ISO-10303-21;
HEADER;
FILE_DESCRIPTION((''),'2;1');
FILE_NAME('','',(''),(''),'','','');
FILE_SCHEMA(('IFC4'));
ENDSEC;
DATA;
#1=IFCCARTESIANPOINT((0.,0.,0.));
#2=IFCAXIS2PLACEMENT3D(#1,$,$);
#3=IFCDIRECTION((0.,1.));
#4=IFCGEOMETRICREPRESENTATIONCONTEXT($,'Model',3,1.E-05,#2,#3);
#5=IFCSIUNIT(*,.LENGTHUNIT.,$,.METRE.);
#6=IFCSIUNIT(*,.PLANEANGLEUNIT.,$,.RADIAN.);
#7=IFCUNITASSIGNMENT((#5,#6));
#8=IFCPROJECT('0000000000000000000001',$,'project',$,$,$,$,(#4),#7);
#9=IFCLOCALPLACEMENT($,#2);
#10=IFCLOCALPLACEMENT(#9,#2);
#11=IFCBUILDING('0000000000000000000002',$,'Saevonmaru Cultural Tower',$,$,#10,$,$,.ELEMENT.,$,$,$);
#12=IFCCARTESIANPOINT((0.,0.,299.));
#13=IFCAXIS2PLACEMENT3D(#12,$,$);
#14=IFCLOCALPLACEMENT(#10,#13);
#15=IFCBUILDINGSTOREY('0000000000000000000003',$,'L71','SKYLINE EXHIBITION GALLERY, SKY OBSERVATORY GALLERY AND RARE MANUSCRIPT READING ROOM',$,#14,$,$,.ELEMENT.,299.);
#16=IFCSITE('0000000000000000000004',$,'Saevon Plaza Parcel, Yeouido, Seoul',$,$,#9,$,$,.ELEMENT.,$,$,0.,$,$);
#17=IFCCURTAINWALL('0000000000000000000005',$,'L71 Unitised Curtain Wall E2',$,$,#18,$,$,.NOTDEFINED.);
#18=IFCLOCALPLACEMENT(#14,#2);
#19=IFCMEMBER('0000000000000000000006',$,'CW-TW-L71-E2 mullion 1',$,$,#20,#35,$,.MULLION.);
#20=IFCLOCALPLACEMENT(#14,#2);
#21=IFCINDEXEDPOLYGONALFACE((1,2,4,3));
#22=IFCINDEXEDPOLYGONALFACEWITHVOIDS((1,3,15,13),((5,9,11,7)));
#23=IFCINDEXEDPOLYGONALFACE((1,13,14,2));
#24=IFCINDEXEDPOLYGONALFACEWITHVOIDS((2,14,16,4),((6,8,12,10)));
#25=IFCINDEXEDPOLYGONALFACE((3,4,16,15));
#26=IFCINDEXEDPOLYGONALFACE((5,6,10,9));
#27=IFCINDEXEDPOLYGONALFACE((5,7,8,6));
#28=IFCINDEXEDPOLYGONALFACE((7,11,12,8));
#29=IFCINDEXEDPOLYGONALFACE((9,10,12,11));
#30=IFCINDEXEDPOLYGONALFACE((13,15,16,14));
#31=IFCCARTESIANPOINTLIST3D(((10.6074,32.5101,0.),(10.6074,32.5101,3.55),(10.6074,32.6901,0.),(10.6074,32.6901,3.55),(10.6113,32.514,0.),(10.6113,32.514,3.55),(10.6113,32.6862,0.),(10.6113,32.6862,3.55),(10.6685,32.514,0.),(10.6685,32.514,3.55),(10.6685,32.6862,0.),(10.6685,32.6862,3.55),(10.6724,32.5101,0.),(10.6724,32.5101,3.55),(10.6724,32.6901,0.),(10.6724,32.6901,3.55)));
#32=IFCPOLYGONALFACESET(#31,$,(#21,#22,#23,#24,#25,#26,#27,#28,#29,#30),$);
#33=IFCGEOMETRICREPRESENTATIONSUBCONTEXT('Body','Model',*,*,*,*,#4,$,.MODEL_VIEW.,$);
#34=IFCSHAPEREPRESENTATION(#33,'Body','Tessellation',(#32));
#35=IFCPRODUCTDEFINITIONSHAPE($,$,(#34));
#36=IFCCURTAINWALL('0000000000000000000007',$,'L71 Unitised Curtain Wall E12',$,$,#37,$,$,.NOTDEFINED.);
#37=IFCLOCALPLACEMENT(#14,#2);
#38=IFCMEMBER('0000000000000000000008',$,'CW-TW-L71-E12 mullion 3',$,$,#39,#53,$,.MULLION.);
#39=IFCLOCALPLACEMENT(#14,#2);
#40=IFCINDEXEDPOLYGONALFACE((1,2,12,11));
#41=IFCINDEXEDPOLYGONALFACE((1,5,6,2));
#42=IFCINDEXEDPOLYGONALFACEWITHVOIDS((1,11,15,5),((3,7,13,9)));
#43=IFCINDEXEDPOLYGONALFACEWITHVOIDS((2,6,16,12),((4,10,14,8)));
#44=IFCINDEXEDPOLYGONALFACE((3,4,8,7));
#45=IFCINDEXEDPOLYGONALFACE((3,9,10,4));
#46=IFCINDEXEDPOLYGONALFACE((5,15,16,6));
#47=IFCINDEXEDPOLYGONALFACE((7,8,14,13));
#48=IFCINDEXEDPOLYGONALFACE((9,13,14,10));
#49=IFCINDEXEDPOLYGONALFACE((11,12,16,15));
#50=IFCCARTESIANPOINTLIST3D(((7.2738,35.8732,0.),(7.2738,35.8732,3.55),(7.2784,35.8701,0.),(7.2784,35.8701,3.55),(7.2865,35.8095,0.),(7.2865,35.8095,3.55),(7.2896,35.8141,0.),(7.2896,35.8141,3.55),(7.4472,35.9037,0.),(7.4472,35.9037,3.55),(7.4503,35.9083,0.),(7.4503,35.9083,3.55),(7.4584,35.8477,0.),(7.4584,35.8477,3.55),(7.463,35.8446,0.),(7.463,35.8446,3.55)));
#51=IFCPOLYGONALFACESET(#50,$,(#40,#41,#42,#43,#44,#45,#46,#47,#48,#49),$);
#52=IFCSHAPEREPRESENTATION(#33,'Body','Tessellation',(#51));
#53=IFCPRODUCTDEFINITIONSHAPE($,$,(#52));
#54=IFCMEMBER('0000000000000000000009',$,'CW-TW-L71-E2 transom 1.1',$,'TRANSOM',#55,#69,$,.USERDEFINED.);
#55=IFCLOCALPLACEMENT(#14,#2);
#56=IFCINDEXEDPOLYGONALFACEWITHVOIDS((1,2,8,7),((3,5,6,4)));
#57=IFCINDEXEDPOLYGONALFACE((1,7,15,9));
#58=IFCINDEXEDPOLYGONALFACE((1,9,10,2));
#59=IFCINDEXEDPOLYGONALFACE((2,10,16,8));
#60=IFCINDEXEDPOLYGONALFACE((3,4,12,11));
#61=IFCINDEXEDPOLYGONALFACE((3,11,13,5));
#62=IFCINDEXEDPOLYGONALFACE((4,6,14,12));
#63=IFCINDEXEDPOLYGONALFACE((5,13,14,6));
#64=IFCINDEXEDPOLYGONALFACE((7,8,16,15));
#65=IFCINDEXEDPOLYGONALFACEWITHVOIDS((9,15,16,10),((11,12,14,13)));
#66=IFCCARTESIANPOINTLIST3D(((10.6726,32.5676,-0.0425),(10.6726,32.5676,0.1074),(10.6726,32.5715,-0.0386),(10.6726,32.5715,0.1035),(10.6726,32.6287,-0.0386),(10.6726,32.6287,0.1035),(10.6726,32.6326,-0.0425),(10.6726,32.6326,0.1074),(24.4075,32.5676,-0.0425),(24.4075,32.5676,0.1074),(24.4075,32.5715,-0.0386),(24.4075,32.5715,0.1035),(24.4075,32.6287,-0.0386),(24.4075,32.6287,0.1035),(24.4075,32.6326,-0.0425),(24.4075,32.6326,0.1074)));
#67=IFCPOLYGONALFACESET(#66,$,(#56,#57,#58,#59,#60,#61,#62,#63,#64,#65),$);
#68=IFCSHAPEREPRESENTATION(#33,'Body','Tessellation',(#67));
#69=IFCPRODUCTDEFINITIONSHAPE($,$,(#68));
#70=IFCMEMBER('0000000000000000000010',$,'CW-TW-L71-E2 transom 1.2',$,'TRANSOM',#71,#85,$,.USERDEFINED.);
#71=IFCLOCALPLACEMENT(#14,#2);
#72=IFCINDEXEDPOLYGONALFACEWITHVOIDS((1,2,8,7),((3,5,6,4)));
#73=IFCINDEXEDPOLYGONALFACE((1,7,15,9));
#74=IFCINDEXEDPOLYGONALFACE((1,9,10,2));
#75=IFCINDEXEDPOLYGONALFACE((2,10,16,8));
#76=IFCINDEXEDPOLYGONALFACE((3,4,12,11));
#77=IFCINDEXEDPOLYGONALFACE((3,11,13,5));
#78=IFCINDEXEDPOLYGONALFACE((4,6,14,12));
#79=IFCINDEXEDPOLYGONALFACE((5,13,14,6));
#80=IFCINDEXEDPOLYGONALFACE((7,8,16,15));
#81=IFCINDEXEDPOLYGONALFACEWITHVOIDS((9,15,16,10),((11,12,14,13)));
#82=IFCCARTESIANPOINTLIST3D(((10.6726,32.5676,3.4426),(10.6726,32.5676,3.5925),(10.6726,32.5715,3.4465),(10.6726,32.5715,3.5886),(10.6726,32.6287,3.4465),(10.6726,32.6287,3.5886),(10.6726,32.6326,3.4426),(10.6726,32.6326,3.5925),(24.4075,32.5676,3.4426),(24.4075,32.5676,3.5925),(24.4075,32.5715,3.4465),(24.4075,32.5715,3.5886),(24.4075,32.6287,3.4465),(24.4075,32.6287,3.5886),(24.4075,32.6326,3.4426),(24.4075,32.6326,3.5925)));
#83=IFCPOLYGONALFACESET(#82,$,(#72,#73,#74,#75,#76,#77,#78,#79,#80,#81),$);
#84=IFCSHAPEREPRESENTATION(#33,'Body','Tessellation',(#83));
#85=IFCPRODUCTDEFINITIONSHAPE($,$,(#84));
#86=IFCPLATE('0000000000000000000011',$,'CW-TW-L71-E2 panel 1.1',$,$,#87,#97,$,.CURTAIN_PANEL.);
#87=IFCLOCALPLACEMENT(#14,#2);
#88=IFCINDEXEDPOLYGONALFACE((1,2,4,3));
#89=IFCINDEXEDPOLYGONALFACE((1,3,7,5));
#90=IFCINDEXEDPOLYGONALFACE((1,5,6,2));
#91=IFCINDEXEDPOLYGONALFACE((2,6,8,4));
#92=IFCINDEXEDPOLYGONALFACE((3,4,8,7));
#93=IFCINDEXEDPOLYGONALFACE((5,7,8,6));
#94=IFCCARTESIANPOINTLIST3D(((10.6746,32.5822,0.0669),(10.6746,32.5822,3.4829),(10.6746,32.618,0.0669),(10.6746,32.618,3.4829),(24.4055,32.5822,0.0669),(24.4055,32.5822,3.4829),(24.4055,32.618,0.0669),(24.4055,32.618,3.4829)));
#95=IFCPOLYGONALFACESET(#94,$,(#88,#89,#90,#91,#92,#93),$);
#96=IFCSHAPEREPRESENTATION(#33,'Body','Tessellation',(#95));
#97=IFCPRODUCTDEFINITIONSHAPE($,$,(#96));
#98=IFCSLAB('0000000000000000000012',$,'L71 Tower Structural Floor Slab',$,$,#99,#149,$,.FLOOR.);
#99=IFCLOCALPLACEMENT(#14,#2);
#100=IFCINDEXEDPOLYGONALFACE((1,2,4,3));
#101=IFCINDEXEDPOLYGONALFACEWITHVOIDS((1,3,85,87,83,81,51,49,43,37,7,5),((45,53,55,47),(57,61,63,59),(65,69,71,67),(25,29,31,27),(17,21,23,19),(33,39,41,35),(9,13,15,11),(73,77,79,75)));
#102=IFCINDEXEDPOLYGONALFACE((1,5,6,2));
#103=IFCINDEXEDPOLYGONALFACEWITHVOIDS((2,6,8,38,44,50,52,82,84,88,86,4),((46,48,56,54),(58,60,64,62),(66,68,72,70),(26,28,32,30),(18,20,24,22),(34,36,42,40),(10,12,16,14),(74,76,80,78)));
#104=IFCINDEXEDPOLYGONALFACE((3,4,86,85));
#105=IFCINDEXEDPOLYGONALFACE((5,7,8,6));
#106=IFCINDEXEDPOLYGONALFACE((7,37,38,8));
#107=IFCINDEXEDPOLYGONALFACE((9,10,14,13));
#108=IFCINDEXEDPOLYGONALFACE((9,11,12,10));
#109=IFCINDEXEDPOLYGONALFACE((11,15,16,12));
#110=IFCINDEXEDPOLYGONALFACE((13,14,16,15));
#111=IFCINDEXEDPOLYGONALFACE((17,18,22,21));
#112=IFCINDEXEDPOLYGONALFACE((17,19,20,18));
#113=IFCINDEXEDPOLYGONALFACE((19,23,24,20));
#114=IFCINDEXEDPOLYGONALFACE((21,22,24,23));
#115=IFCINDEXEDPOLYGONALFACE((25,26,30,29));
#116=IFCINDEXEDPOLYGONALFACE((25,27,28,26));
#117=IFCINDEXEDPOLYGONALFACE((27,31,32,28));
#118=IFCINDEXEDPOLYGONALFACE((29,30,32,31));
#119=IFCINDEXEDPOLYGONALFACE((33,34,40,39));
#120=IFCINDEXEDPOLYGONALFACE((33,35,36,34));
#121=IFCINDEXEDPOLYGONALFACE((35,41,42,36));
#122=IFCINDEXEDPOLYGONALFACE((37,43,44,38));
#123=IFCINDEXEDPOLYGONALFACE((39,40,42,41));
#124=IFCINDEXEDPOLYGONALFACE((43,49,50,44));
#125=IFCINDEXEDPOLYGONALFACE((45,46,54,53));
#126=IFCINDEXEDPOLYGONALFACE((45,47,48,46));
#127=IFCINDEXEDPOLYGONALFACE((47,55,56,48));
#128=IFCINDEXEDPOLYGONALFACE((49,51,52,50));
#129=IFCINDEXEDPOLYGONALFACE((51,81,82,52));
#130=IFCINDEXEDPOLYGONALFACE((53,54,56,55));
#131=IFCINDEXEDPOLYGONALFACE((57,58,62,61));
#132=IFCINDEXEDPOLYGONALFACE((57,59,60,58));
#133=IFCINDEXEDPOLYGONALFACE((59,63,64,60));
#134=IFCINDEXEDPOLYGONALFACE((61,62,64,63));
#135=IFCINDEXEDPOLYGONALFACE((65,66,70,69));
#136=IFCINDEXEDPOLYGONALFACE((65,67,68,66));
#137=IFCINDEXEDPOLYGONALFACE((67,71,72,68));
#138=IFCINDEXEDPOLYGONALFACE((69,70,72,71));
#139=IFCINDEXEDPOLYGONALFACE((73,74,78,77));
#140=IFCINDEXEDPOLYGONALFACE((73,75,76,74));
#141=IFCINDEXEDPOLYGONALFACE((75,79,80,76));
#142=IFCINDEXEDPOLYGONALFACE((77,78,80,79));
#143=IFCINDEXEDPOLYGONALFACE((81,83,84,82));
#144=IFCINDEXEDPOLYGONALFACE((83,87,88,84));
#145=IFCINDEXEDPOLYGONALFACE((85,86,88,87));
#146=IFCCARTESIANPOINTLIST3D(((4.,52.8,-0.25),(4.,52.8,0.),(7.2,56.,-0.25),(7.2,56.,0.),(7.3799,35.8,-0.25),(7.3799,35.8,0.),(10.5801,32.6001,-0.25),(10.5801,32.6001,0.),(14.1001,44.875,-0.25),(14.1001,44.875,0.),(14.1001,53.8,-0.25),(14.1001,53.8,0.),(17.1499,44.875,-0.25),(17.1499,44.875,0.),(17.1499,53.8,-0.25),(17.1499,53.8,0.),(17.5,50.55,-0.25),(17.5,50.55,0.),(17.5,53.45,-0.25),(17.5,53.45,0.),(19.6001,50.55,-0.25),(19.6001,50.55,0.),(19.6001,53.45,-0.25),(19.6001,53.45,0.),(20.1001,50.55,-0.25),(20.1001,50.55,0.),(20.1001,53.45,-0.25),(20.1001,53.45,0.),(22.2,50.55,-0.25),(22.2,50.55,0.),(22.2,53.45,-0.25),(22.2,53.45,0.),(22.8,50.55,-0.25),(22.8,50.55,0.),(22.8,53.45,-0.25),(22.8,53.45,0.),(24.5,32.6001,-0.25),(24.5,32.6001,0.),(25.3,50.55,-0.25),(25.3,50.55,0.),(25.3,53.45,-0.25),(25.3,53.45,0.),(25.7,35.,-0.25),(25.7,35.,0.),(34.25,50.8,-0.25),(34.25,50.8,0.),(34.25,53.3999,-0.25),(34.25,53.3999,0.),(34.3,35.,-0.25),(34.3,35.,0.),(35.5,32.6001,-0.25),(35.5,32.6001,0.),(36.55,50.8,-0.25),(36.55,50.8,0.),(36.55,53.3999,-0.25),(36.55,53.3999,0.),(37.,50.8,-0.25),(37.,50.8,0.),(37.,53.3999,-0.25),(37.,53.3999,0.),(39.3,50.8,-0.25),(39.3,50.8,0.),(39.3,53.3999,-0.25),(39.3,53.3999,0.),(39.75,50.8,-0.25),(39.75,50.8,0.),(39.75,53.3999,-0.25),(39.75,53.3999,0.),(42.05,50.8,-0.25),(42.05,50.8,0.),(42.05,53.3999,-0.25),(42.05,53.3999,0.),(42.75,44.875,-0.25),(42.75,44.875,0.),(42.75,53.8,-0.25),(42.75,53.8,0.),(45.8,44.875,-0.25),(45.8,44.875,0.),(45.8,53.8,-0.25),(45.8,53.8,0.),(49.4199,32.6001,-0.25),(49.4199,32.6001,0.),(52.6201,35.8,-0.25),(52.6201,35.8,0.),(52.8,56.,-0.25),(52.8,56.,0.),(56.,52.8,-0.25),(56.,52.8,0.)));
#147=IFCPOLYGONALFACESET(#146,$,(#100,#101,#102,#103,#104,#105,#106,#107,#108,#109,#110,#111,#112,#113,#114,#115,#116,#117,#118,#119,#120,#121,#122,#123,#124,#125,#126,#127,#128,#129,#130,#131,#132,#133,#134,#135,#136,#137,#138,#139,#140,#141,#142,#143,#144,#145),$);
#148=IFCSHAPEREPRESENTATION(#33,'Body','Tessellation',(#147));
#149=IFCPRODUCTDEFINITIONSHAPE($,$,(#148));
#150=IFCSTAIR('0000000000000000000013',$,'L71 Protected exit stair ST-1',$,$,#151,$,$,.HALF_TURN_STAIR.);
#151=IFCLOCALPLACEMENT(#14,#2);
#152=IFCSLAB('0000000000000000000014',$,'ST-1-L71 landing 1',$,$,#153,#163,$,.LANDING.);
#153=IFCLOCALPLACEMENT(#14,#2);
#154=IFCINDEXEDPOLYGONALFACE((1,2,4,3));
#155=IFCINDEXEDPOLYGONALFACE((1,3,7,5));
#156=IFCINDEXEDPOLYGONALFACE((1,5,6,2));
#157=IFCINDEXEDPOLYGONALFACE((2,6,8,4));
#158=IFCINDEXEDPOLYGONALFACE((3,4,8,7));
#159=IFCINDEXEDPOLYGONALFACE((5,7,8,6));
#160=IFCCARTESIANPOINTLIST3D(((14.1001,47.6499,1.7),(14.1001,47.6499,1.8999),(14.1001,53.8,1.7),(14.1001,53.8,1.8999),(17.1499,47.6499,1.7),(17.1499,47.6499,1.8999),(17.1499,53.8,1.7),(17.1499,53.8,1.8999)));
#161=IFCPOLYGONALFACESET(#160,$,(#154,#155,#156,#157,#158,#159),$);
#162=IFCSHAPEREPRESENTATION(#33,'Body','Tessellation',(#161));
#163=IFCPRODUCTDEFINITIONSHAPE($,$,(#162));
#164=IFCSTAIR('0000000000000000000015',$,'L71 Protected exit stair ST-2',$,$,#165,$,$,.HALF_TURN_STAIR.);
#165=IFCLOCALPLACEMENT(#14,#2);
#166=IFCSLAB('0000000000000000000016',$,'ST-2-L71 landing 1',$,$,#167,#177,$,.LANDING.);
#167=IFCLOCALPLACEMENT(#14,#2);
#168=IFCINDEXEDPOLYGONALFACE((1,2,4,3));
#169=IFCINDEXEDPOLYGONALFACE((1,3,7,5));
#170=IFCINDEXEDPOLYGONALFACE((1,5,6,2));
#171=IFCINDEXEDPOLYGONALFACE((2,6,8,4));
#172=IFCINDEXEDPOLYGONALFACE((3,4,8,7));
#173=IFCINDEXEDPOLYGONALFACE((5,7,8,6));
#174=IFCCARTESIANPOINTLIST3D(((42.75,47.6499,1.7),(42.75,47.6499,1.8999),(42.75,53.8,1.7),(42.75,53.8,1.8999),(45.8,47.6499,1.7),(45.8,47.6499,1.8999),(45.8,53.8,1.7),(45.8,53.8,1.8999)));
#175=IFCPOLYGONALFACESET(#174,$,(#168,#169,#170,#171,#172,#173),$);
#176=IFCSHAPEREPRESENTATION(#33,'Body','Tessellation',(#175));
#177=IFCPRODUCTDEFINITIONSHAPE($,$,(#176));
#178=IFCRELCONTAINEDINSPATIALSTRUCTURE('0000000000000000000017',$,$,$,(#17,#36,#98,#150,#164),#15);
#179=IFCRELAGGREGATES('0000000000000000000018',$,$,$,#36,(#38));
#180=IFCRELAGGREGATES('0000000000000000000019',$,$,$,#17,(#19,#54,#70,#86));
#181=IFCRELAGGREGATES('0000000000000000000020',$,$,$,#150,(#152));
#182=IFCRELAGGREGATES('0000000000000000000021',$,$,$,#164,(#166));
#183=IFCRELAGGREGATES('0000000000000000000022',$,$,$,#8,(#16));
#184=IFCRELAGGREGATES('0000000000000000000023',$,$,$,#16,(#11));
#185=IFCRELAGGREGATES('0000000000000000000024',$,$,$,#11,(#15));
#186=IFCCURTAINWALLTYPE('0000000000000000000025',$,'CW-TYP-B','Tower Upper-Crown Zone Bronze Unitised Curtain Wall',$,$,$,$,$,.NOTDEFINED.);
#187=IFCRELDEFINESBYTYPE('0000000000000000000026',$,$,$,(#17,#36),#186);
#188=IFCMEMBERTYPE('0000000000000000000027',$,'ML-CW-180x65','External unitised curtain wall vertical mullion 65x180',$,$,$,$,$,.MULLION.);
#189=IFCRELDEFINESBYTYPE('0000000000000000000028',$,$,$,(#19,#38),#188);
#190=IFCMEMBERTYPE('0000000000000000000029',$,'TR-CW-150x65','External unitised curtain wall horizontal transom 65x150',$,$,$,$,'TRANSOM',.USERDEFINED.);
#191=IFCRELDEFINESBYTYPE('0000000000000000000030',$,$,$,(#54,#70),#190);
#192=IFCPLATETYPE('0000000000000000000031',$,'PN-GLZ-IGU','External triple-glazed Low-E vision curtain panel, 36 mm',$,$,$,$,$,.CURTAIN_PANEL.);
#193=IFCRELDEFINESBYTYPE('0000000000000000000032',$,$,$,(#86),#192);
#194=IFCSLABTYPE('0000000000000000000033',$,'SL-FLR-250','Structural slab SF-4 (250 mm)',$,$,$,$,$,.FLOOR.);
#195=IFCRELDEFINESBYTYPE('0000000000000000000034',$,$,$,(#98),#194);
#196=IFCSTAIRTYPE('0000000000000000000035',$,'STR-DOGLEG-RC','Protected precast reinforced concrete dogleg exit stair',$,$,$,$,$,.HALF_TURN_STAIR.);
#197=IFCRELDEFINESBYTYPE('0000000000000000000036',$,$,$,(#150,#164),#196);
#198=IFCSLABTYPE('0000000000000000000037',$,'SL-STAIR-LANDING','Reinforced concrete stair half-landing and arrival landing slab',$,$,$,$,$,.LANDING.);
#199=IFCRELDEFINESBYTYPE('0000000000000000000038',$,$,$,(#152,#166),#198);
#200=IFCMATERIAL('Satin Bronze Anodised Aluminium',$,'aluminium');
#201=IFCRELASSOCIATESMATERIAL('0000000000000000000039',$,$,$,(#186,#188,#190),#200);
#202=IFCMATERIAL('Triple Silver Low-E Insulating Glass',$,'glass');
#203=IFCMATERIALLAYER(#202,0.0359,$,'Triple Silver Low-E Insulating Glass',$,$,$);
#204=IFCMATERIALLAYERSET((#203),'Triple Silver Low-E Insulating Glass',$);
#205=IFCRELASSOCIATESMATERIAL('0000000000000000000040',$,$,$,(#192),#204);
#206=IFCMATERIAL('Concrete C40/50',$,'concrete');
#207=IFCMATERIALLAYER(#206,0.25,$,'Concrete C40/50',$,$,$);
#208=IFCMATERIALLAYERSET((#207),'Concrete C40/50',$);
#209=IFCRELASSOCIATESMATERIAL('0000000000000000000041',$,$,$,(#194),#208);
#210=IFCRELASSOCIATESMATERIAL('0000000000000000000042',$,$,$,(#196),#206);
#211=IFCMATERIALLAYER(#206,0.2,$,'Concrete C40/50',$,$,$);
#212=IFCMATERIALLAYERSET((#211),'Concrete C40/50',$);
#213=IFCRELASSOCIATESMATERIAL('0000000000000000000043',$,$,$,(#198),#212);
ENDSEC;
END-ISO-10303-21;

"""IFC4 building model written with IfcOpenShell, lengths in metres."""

from ifc_helpers import new_model, si_unit, direction, frame, origin, origin_2d, place, context, subcontext, project, spatial, polyline, rectangle, hollow_rectangle, outline, extrude, material, layer, layer_set, material_profile, profile_set, type_object, element, aggregate, save


model = new_model("IFC4")

# Units and contexts
model_context = context("Model", 3, precision=1e-05, world=origin(), true_north=direction((0.0, 1.0)))
body_context = subcontext(model_context, "Body", "Model", "MODEL_VIEW")
ifc_project = project(units=[si_unit("LENGTHUNIT", "METRE"), si_unit("PLANEANGLEUNIT", "RADIAN")], contexts=[model_context])

# Site, building, storey
site_placement = place(None, origin())
site = spatial("IfcSite", under=ifc_project, at=site_placement, Name="Saevon Plaza Parcel, Yeouido, Seoul", CompositionType="ELEMENT", RefElevation=0.0)
building_placement = place(site_placement, origin())
building = spatial("IfcBuilding", under=site, at=building_placement, Name="Saevonmaru Cultural Tower", CompositionType="ELEMENT")
storey_placement = place(building_placement, frame((0.0, 0.0, 299.0)))
storey = spatial("IfcBuildingStorey", under=building, at=storey_placement, Name="L71", Description="SKYLINE EXHIBITION GALLERY, SKY OBSERVATORY GALLERY AND RARE MANUSCRIPT READING ROOM", CompositionType="ELEMENT", Elevation=299.0)

# Curtain walls, members
ifc_material_1 = material(Name="Satin Bronze Anodised Aluminium", Category="aluminium")
curtain_wall_type = type_object("IfcCurtainWallType", Name="CW-TYP-B", Description="Tower Upper-Crown Zone Bronze Unitised Curtain Wall", PredefinedType="NOTDEFINED", material=ifc_material_1)
curtain_wall_1_placement = place(storey_placement, origin())
curtain_wall_1 = element("IfcCurtainWall", 1, at=curtain_wall_1_placement, inside=storey, type_object=curtain_wall_type, Name="L71 Unitised Curtain Wall E2", PredefinedType="NOTDEFINED")
ifc_material_profile_1 = material_profile(ifc_material_1, hollow_rectangle(XDim=0.0649, YDim=0.1799, WallThickness=0.0039, at=origin_2d()), Name="ALU-MULL-180x65x4")
ifc_profile_set_1 = profile_set([ifc_material_profile_1], Name="Satin Bronze Anodised Aluminium")
member_type_1 = type_object("IfcMemberType", Name="ML-CW-180x65", Description="External unitised curtain wall vertical mullion 65x180", PredefinedType="MULLION", material=ifc_profile_set_1)
member_1_placement = place(storey_placement, frame((10.6399, 32.6001, 0.0), z_axis=(0.0, 0.0, 1.0), x_axis=(1.0, 0.0, 0.0)))
member_1 = element("IfcMember", 2, at=member_1_placement, type_object=member_type_1, Name="CW-TW-L71-E2 mullion 1", PredefinedType="MULLION", context=body_context, shape_type="SweptSolid", body=[
    extrude(hollow_rectangle(XDim=0.0649, YDim=0.1799, WallThickness=0.0039, at=origin_2d()), origin(), (0.0, 0.0, 1.0), 3.55),
])
curtain_wall_2_placement = place(storey_placement, origin())
curtain_wall_2 = element("IfcCurtainWall", 3, at=curtain_wall_2_placement, inside=storey, type_object=curtain_wall_type, Name="L71 Unitised Curtain Wall E12", PredefinedType="NOTDEFINED")
member_2_placement = place(storey_placement, frame((7.3684, 35.8589, 0.0), z_axis=(0.0, 0.0, 1.0), x_axis=(0.195005, -0.980802, 0.0)))
member_2 = element("IfcMember", 4, at=member_2_placement, type_object=member_type_1, Name="CW-TW-L71-E12 mullion 3", PredefinedType="MULLION", context=body_context, shape_type="SweptSolid", body=[
    extrude(hollow_rectangle(XDim=0.0649, YDim=0.1799, WallThickness=0.0039, at=origin_2d()), origin(), (0.0, 0.0, 1.0), 3.55),
])
aggregate(curtain_wall_2, [member_2])

# Members
ifc_material_profile_2 = material_profile(ifc_material_1, hollow_rectangle(XDim=0.0649, YDim=0.1499, WallThickness=0.0039, at=origin_2d()), Name="ALU-TRAN-150x65x4")
ifc_profile_set_2 = profile_set([ifc_material_profile_2], Name="Satin Bronze Anodised Aluminium")
member_type_2 = type_object("IfcMemberType", Name="TR-CW-150x65", Description="External unitised curtain wall horizontal transom 65x150", ElementType="TRANSOM", PredefinedType="USERDEFINED", material=ifc_profile_set_2)
member_3_placement = place(storey_placement, frame((10.6726, 32.6001, 0.0325), z_axis=(1.0, 0.0, 0.0), x_axis=(0.0, 1.0, 0.0)))
member_3 = element("IfcMember", 5, at=member_3_placement, type_object=member_type_2, Name="CW-TW-L71-E2 transom 1.1", ObjectType="TRANSOM", PredefinedType="USERDEFINED", context=body_context, shape_type="SweptSolid", body=[
    extrude(hollow_rectangle(XDim=0.0649, YDim=0.1499, WallThickness=0.0039, at=origin_2d()), origin(), (0.0, 0.0, 1.0), 13.7349),
])
member_4_placement = place(storey_placement, frame((10.6726, 32.6001, 3.5176), z_axis=(1.0, 0.0, 0.0), x_axis=(0.0, 1.0, 0.0)))
member_4 = element("IfcMember", 6, at=member_4_placement, type_object=member_type_2, Name="CW-TW-L71-E2 transom 1.2", ObjectType="TRANSOM", PredefinedType="USERDEFINED", context=body_context, shape_type="SweptSolid", body=[
    extrude(hollow_rectangle(XDim=0.0649, YDim=0.1499, WallThickness=0.0039, at=origin_2d()), origin(), (0.0, 0.0, 1.0), 13.7349),
])

# Plate
ifc_material_2 = material(Name="Triple Silver Low-E Insulating Glass", Category="glass")
ifc_layer_1 = layer(ifc_material_2, 0.0359, Name="Triple Silver Low-E Insulating Glass")
ifc_layer_set_1 = layer_set([ifc_layer_1], Name="Triple Silver Low-E Insulating Glass")
plate_type = type_object("IfcPlateType", Name="PN-GLZ-IGU", Description="External triple-glazed Low-E vision curtain panel, 36 mm", PredefinedType="CURTAIN_PANEL", material=ifc_layer_set_1)
plate_placement = place(storey_placement, frame((17.54, 32.6001, 0.0669), z_axis=(0.0, 0.0, 1.0), x_axis=(1.0, 0.0, 0.0)))
plate = element("IfcPlate", 7, at=plate_placement, type_object=plate_type, Name="CW-TW-L71-E2 panel 1.1", PredefinedType="CURTAIN_PANEL", context=body_context, shape_type="SweptSolid", body=[
    extrude(rectangle(XDim=13.731, YDim=0.0359, at=origin_2d()), origin(), (0.0, 0.0, 1.0), 3.416),
])
aggregate(curtain_wall_1, [member_1, member_3, member_4, plate])

# Slab
ifc_material_3 = material(Name="Concrete C40/50", Category="concrete")
ifc_layer_2 = layer(ifc_material_3, 0.25, Name="Concrete C40/50")
ifc_layer_set_2 = layer_set([ifc_layer_2], Name="Concrete C40/50")
slab_type_1 = type_object("IfcSlabType", Name="SL-FLR-250", Description="Structural slab SF-4 (250 mm)", PredefinedType="FLOOR", material=ifc_layer_set_2)
slab_1_placement = place(storey_placement, frame((0.0, 0.0, -0.25)))
element("IfcSlab", 8, at=slab_1_placement, inside=storey, type_object=slab_type_1, Name="L71 Tower Structural Floor Slab", PredefinedType="FLOOR", context=body_context, shape_type="SweptSolid", body=[
    extrude(outline(polyline([(7.3799, 35.8), (10.5801, 32.6001), (24.5, 32.6001), (25.7, 35.0), (34.3, 35.0), (35.5, 32.6001), (49.4199, 32.6001), (52.6201, 35.8), (56.0, 52.8), (52.8, 56.0), (7.2, 56.0), (4.0, 52.8), (7.3799, 35.8)]), holes=[polyline([(45.8, 53.8), (45.8, 44.875), (42.75, 44.875), (42.75, 53.8), (45.8, 53.8)]), polyline([(42.05, 50.8), (39.75, 50.8), (39.75, 53.3999), (42.05, 53.3999), (42.05, 50.8)]), polyline([(39.3, 50.8), (37.0, 50.8), (37.0, 53.3999), (39.3, 53.3999), (39.3, 50.8)]), polyline([(36.55, 50.8), (34.25, 50.8), (34.25, 53.3999), (36.55, 53.3999), (36.55, 50.8)]), polyline([(25.3, 50.55), (22.8, 50.55), (22.8, 53.45), (25.3, 53.45), (25.3, 50.55)]), polyline([(22.2, 50.55), (20.1001, 50.55), (20.1001, 53.45), (22.2, 53.45), (22.2, 50.55)]), polyline([(19.6001, 50.55), (17.5, 50.55), (17.5, 53.45), (19.6001, 53.45), (19.6001, 50.55)]), polyline([(17.1499, 53.8), (17.1499, 44.875), (14.1001, 44.875), (14.1001, 53.8), (17.1499, 53.8)])]), origin(), (0.0, 0.0, 1.0), 0.25),
])

# Stairs, slabs
stair_type = type_object("IfcStairType", Name="STR-DOGLEG-RC", Description="Protected precast reinforced concrete dogleg exit stair", PredefinedType="HALF_TURN_STAIR", material=ifc_material_3)
stair_1_placement = place(storey_placement, origin())
stair_1 = element("IfcStair", 9, at=stair_1_placement, inside=storey, type_object=stair_type, Name="L71 Protected exit stair ST-1", PredefinedType="HALF_TURN_STAIR")
ifc_layer_3 = layer(ifc_material_3, 0.2, Name="Concrete C40/50")
ifc_layer_set_3 = layer_set([ifc_layer_3], Name="Concrete C40/50")
slab_type_2 = type_object("IfcSlabType", Name="SL-STAIR-LANDING", Description="Reinforced concrete stair half-landing and arrival landing slab", PredefinedType="LANDING", material=ifc_layer_set_3)
slab_2_placement = place(storey_placement, frame((0.0, 0.0, 1.7)))
slab_2 = element("IfcSlab", 10, at=slab_2_placement, type_object=slab_type_2, Name="ST-1-L71 landing 1", PredefinedType="LANDING", context=body_context, shape_type="SweptSolid", body=[
    extrude(outline(polyline([(17.1499, 47.6499), (17.1499, 53.8), (14.1001, 53.8), (14.1001, 47.6499), (17.1499, 47.6499)])), origin(), (0.0, 0.0, 1.0), 0.2),
])
aggregate(stair_1, [slab_2])
stair_2_placement = place(storey_placement, origin())
stair_2 = element("IfcStair", 11, at=stair_2_placement, inside=storey, type_object=stair_type, Name="L71 Protected exit stair ST-2", PredefinedType="HALF_TURN_STAIR")
slab_3_placement = place(storey_placement, frame((0.0, 0.0, 1.7)))
slab_3 = element("IfcSlab", 12, at=slab_3_placement, type_object=slab_type_2, Name="ST-2-L71 landing 1", PredefinedType="LANDING", context=body_context, shape_type="SweptSolid", body=[
    extrude(outline(polyline([(45.8, 47.6499), (45.8, 53.8), (42.75, 53.8), (42.75, 47.6499), (45.8, 47.6499)])), origin(), (0.0, 0.0, 1.0), 0.2),
])
aggregate(stair_2, [slab_3])

save(model, "model.ifc")
